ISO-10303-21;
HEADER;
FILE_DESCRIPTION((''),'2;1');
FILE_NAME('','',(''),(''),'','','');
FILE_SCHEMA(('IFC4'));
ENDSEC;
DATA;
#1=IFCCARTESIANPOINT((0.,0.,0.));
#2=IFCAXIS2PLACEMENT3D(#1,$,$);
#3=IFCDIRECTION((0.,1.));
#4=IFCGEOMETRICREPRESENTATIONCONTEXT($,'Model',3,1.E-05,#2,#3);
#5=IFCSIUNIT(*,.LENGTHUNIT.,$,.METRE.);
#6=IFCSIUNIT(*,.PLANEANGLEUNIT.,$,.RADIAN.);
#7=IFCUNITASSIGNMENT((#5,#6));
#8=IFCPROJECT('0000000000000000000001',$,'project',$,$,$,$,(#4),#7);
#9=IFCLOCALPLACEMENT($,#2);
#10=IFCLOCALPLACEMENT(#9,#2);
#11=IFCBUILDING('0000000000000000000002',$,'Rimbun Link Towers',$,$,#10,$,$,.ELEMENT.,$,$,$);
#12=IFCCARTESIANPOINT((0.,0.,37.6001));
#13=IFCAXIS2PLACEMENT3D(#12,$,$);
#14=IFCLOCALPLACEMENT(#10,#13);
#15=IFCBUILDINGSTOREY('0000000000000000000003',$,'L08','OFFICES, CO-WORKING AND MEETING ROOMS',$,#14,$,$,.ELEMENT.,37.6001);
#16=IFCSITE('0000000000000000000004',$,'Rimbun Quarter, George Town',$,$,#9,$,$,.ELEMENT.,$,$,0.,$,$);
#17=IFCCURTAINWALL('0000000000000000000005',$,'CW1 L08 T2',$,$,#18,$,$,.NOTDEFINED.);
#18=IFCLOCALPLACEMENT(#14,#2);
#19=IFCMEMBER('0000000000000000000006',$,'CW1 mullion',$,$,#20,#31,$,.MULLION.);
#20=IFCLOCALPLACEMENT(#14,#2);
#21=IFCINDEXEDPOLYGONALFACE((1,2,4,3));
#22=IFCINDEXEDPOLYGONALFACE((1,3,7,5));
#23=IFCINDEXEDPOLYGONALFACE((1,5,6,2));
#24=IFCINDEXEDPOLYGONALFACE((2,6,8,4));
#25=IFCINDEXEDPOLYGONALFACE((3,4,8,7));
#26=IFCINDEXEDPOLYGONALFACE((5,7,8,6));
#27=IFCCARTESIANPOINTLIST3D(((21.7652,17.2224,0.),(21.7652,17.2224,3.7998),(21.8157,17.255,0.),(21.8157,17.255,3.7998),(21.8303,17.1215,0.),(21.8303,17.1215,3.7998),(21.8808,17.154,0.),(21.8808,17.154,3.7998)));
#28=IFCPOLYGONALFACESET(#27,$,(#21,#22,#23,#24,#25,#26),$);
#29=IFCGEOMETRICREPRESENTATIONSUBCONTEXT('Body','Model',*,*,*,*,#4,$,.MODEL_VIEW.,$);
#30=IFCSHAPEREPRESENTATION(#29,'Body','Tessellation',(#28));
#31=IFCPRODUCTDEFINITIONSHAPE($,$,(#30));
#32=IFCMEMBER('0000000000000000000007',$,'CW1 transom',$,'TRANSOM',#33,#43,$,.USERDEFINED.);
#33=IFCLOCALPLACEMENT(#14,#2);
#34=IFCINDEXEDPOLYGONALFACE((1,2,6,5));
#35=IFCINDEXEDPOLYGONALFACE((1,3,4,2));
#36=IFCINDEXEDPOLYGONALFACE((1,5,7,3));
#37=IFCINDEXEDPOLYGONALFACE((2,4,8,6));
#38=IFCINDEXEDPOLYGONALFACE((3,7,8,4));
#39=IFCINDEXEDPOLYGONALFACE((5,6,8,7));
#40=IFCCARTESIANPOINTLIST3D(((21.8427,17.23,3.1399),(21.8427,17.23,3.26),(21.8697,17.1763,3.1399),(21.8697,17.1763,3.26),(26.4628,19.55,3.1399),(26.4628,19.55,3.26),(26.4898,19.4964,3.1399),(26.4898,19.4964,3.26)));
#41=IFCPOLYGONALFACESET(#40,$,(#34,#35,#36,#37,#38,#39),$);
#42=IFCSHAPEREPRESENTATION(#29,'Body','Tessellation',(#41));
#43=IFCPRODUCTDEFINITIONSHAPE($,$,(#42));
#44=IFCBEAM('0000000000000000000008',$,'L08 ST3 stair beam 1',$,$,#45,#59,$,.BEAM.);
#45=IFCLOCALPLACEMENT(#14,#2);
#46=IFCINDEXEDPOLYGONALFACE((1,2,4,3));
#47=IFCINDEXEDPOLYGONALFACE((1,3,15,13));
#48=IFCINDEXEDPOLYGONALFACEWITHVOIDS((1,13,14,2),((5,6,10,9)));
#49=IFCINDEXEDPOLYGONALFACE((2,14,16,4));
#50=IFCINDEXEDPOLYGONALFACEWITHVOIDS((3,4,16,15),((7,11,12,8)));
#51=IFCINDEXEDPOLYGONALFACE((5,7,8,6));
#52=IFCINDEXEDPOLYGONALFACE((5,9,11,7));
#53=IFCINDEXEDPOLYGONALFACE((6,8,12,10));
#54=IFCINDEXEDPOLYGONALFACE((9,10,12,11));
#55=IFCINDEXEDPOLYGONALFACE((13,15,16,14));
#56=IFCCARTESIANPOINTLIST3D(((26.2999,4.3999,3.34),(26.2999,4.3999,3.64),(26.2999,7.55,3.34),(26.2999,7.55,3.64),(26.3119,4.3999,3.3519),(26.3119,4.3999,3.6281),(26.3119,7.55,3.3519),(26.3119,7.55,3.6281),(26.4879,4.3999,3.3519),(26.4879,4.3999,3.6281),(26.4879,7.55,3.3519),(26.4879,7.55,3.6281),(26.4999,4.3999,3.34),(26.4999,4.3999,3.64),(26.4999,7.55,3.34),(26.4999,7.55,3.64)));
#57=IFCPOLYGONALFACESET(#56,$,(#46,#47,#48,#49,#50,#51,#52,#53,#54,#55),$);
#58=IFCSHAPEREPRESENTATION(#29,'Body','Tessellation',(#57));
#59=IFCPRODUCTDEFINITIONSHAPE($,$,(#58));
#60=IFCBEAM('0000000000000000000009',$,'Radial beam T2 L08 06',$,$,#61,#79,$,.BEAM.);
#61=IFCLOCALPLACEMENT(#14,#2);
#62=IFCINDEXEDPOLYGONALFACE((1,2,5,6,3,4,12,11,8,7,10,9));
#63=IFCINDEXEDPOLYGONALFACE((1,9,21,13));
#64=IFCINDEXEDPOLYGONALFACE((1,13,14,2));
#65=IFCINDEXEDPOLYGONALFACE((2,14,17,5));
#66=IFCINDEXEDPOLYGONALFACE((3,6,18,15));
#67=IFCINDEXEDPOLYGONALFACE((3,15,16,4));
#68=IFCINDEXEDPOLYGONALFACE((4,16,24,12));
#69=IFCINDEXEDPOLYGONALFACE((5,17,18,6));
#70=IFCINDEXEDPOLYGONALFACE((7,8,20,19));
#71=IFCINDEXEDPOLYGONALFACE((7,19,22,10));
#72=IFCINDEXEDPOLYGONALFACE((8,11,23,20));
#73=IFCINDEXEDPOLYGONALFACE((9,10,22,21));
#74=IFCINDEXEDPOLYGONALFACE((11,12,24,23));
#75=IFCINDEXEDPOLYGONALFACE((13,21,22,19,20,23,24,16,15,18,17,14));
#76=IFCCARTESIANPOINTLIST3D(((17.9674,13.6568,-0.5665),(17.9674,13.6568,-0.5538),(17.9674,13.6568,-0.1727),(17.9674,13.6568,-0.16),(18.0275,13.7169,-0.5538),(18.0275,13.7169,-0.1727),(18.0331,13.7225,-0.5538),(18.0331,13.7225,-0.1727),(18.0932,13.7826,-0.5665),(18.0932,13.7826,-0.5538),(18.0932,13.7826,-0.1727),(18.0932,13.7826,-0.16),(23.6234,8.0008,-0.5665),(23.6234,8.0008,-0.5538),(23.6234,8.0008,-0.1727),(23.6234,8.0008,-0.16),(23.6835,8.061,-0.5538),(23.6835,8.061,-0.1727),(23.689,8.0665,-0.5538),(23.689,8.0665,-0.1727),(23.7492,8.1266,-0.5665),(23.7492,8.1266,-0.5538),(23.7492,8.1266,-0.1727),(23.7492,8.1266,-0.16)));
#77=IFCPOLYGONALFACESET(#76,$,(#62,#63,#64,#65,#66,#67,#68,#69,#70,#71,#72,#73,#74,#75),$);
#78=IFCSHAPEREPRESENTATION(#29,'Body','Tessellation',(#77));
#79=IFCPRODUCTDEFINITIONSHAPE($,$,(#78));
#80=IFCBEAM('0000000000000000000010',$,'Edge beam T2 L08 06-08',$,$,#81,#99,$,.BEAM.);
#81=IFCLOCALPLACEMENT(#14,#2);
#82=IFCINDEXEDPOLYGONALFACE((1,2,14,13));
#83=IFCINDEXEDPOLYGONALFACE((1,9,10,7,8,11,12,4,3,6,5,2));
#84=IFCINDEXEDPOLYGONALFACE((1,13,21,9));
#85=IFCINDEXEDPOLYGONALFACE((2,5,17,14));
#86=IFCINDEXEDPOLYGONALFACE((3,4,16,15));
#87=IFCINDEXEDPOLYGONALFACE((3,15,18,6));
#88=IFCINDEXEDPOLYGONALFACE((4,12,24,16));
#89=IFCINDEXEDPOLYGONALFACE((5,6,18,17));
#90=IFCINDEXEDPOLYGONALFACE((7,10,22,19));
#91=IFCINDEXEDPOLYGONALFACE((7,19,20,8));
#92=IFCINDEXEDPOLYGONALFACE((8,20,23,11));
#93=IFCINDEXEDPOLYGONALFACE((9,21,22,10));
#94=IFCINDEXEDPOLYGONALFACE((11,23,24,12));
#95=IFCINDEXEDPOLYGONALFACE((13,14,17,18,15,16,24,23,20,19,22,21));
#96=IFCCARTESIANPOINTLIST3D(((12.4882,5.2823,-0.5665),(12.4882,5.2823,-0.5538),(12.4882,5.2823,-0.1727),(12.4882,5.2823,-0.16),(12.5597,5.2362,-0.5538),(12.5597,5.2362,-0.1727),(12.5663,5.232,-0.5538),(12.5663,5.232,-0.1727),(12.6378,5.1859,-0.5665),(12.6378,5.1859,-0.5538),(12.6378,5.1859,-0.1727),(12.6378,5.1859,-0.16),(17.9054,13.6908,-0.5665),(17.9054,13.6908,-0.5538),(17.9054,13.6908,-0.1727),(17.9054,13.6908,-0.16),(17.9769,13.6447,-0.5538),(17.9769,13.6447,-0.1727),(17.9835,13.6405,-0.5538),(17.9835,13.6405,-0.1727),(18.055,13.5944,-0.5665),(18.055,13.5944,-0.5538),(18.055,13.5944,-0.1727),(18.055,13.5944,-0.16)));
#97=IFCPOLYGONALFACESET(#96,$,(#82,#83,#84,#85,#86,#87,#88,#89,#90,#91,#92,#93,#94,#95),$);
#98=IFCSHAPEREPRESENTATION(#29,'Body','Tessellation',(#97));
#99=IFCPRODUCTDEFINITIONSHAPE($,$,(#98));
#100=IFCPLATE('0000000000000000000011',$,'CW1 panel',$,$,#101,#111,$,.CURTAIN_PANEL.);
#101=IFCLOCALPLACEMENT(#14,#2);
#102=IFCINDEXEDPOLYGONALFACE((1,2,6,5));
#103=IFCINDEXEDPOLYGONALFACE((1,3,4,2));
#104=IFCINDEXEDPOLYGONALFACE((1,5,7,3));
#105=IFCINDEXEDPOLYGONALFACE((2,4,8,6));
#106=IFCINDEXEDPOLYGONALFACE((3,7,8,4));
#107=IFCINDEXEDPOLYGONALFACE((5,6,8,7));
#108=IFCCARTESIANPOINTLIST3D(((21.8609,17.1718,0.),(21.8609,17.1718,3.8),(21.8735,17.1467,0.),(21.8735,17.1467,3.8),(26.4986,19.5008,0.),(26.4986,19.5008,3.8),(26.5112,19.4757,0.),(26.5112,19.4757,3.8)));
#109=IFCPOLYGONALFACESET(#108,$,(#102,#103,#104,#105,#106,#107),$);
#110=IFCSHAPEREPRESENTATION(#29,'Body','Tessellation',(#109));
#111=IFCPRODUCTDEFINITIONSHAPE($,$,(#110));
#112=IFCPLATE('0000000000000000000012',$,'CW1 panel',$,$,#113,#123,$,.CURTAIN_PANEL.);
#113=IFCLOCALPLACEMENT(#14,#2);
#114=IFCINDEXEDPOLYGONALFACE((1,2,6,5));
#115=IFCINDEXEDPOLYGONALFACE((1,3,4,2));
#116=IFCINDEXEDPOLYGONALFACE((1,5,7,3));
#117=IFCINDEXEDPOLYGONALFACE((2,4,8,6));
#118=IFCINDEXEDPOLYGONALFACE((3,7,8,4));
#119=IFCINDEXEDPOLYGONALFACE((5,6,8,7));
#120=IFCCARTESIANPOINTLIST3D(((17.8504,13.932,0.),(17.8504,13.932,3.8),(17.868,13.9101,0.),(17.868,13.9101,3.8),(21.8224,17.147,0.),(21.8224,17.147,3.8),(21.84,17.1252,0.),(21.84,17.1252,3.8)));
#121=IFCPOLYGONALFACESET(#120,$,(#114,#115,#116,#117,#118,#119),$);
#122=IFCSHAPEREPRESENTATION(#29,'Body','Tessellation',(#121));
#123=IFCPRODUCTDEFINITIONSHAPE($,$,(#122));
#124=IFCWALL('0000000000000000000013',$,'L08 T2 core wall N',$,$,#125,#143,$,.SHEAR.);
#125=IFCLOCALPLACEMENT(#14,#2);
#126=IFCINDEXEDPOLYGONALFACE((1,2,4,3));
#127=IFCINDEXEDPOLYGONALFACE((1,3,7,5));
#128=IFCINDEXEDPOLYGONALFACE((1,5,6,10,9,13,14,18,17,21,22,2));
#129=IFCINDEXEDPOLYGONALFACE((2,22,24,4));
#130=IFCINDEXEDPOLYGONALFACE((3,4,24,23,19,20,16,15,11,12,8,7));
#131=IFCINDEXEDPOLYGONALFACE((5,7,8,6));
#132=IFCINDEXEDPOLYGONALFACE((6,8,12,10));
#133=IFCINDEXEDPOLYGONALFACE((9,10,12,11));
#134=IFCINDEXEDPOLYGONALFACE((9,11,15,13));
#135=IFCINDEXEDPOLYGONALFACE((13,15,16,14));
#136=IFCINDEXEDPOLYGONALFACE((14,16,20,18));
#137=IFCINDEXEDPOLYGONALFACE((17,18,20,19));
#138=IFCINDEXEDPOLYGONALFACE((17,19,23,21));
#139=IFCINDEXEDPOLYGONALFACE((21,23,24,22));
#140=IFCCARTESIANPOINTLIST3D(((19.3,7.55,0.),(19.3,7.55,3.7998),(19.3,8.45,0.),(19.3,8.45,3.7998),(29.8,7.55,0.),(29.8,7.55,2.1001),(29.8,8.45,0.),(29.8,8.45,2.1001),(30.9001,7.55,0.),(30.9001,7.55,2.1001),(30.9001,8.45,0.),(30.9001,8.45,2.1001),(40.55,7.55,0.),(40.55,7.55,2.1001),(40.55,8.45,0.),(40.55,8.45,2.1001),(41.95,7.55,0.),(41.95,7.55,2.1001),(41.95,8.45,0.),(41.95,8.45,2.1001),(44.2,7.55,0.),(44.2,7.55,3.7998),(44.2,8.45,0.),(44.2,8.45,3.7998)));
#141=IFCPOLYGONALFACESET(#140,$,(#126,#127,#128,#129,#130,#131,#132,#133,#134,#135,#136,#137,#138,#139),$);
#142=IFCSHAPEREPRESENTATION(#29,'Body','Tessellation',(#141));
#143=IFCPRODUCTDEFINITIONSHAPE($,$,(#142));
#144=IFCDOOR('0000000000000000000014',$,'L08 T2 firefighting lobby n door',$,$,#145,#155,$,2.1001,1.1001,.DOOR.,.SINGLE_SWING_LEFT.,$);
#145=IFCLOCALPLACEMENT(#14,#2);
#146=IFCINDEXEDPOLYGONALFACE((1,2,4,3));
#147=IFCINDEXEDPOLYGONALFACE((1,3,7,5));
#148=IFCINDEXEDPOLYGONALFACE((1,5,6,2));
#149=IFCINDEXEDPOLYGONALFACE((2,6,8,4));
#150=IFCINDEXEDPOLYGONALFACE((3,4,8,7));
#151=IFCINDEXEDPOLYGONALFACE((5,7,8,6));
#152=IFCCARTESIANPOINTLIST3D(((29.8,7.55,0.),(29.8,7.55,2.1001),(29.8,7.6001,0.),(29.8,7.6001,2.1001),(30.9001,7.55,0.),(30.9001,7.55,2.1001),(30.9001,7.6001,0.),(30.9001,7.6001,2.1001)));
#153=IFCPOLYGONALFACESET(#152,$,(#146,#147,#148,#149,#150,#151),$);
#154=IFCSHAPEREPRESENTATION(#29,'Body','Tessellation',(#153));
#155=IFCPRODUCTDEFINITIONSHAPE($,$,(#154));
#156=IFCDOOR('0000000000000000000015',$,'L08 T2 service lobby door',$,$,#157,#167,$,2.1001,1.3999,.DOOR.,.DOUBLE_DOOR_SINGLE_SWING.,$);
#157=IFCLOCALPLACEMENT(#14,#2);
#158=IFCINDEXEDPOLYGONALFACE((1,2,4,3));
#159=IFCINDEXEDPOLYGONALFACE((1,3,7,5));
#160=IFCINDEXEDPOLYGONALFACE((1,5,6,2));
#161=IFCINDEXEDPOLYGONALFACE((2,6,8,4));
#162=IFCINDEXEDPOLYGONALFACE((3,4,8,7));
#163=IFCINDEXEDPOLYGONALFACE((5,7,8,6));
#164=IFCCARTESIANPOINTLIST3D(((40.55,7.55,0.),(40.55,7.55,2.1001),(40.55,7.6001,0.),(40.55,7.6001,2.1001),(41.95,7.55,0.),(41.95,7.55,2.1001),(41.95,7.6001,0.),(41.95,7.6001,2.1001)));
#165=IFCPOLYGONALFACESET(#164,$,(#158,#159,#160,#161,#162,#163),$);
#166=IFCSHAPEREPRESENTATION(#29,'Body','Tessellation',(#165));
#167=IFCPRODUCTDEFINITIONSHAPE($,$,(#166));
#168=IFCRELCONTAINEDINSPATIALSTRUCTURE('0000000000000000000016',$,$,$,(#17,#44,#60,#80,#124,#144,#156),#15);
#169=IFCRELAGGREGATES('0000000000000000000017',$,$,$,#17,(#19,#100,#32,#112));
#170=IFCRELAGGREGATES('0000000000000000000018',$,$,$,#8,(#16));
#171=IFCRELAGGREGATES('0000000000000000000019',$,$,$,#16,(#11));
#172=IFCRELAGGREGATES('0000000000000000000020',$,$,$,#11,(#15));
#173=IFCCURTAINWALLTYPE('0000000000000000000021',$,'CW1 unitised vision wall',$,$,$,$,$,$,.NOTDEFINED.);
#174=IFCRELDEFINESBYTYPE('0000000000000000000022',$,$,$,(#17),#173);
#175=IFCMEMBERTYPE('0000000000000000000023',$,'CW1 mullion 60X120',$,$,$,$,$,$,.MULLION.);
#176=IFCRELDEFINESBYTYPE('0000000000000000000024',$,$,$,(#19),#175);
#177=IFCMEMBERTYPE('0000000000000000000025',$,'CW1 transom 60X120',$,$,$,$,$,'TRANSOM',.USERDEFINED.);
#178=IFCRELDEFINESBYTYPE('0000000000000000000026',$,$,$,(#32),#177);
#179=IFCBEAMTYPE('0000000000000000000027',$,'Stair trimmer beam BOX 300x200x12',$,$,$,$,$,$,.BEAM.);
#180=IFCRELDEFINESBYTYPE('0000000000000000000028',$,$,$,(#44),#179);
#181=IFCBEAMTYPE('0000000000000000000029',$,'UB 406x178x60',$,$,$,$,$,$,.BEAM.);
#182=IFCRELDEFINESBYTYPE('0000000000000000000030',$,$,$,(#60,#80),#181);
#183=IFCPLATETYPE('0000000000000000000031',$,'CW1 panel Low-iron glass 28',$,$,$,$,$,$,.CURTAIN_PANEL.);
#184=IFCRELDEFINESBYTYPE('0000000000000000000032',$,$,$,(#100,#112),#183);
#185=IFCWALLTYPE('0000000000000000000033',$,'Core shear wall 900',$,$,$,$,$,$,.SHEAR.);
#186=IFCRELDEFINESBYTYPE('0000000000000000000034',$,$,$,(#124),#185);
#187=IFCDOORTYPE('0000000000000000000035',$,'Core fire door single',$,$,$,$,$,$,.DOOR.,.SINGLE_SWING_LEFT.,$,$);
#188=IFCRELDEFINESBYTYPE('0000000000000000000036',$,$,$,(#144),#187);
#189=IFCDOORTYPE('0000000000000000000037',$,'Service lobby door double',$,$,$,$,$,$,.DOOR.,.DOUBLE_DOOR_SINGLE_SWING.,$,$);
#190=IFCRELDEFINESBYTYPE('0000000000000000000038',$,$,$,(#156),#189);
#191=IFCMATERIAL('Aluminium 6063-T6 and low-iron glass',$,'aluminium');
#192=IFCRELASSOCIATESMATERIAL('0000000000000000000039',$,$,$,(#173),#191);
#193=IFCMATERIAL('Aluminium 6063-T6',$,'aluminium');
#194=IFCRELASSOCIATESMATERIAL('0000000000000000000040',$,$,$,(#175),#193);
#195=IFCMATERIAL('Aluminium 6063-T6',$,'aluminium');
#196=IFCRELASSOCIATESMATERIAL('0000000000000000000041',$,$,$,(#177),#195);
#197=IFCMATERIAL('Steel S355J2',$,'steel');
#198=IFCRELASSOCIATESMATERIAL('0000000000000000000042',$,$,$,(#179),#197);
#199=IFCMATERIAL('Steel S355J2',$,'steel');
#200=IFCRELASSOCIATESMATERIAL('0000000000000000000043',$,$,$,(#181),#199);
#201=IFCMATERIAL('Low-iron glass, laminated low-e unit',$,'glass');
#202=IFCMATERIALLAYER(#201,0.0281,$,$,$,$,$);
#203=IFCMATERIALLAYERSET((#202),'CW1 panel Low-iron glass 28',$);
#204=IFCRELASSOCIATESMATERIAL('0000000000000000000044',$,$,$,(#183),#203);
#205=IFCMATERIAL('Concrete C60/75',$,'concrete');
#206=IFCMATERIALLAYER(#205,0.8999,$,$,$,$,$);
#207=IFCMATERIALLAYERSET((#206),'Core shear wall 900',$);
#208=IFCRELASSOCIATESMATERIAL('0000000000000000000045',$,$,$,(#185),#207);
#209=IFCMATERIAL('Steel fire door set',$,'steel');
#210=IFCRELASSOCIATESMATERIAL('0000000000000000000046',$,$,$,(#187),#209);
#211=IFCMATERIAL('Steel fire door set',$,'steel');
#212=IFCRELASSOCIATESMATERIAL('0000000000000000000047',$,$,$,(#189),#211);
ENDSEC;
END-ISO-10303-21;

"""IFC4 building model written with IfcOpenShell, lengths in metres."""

from ifc_helpers import new_model, si_unit, direction, frame, frame_2d, origin, origin_2d, place, context, subcontext, project, spatial, rectangle, hollow_rectangle, i_section, extrude, material, layer, layer_set, material_profile, profile_set, type_object, element, fill, aggregate, save


model = new_model("IFC4")

# Units and contexts
model_context = context("Model", 3, precision=1e-05, world=origin(), true_north=direction((0.0, 1.0)))
body_context = subcontext(model_context, "Body", "Model", "MODEL_VIEW")
ifc_project = project(units=[si_unit("LENGTHUNIT", "METRE"), si_unit("PLANEANGLEUNIT", "RADIAN")], contexts=[model_context])

# Site, building, storey
site_placement = place(None, origin())
site = spatial("IfcSite", under=ifc_project, at=site_placement, Name="Rimbun Quarter, George Town", CompositionType="ELEMENT", RefElevation=0.0)
building_placement = place(site_placement, origin())
building = spatial("IfcBuilding", under=site, at=building_placement, Name="Rimbun Link Towers", CompositionType="ELEMENT")
storey_placement = place(building_placement, frame((0.0, 0.0, 37.6001)))
storey = spatial("IfcBuildingStorey", under=building, at=storey_placement, Name="L08", Description="OFFICES, CO-WORKING AND MEETING ROOMS", CompositionType="ELEMENT", Elevation=37.6001)

# Curtain wall, members
ifc_material_1 = material(Name="Aluminium 6063-T6 and low-iron glass", Category="aluminium")
curtain_wall_type = type_object("IfcCurtainWallType", Name="CW1 unitised vision wall", PredefinedType="NOTDEFINED", material=ifc_material_1)
curtain_wall_placement = place(storey_placement, origin())
curtain_wall = element("IfcCurtainWall", 1, at=curtain_wall_placement, inside=storey, type_object=curtain_wall_type, Name="CW1 L08 T2", PredefinedType="NOTDEFINED")
ifc_material_2 = material(Name="Aluminium 6063-T6", Category="aluminium")
ifc_material_profile_1 = material_profile(ifc_material_2, rectangle(XDim=0.1201, YDim=0.0601, at=origin_2d()), Name="MULLION 60X120")
ifc_profile_set_1 = profile_set([ifc_material_profile_1], Name="Aluminium 6063-T6")
member_type_1 = type_object("IfcMemberType", Name="CW1 mullion 60X120", PredefinedType="MULLION", material=ifc_profile_set_1)
member_1_placement = place(storey_placement, frame((21.823, 17.1882, 0.0), z_axis=(0.0, 0.0, 1.0), x_axis=(-0.542093, 0.840318, 0.0)))
member_1 = element("IfcMember", 2, at=member_1_placement, type_object=member_type_1, Name="CW1 mullion", PredefinedType="MULLION", context=body_context, shape_type="SweptSolid", body=[
    extrude(rectangle(XDim=0.1201, YDim=0.0601, at=origin_2d()), origin(), (0.0, 0.0, 1.0), 3.7998),
])
ifc_material_3 = material(Name="Aluminium 6063-T6", Category="aluminium")
ifc_material_profile_2 = material_profile(ifc_material_3, rectangle(XDim=0.0601, YDim=0.1201, at=origin_2d()), Name="TRANSOM 60X120")
ifc_profile_set_2 = profile_set([ifc_material_profile_2], Name="Aluminium 6063-T6")
member_type_2 = type_object("IfcMemberType", Name="CW1 transom 60X120", ElementType="TRANSOM", PredefinedType="USERDEFINED", material=ifc_profile_set_2)
member_2_placement = place(storey_placement, frame((21.8562, 17.2031, 3.2), z_axis=(0.893651, 0.448762, 0.0), x_axis=(-0.448762, 0.893651, 0.0)))
member_2 = element("IfcMember", 3, at=member_2_placement, type_object=member_type_2, Name="CW1 transom", ObjectType="TRANSOM", PredefinedType="USERDEFINED", context=body_context, shape_type="SweptSolid", body=[
    extrude(rectangle(XDim=0.0601, YDim=0.1201, at=origin_2d()), origin(), (0.0, 0.0, 1.0), 5.1699),
])

# Beams
ifc_material_4 = material(Name="Steel S355J2", Category="steel")
ifc_material_profile_3 = material_profile(ifc_material_4, hollow_rectangle(XDim=0.2, YDim=0.3, WallThickness=0.012, at=origin_2d()), Name="BOX 300x200x12")
ifc_profile_set_3 = profile_set([ifc_material_profile_3], Name="Steel S355J2")
beam_type_1 = type_object("IfcBeamType", Name="Stair trimmer beam BOX 300x200x12", PredefinedType="BEAM", material=ifc_profile_set_3)
beam_1_placement = place(storey_placement, frame((26.3999, 7.55, 3.49), z_axis=(0.0, -1.0, 0.0), x_axis=(1.0, 0.0, 0.0)))
element("IfcBeam", 4, at=beam_1_placement, inside=storey, type_object=beam_type_1, Name="L08 ST3 stair beam 1", PredefinedType="BEAM", context=body_context, shape_type="SweptSolid", body=[
    extrude(hollow_rectangle(XDim=0.2, YDim=0.3, WallThickness=0.012, at=origin_2d()), origin(), (0.0, 0.0, 1.0), 3.1501),
])
ifc_material_5 = material(Name="Steel S355J2", Category="steel")
ifc_material_profile_4 = material_profile(ifc_material_5, i_section(OverallWidth=0.178, OverallDepth=0.4065, WebThickness=0.0078, FlangeThickness=0.0127, at=origin_2d()), Name="UB 406x178x60")
ifc_profile_set_4 = profile_set([ifc_material_profile_4], Name="Steel S355J2")
beam_type_2 = type_object("IfcBeamType", Name="UB 406x178x60", PredefinedType="BEAM", material=ifc_profile_set_4)
beam_2_placement = place(storey_placement, frame((23.6863, 8.0637, -0.3633), z_axis=(-0.707107, 0.707107, 0.0), x_axis=(-0.707107, -0.707107, 0.0)))
element("IfcBeam", 5, at=beam_2_placement, inside=storey, type_object=beam_type_2, Name="Radial beam T2 L08 06", PredefinedType="BEAM", context=body_context, shape_type="SweptSolid", body=[
    extrude(i_section(OverallWidth=0.178, OverallDepth=0.4065, WebThickness=0.0078, FlangeThickness=0.0127, at=origin_2d()), origin(), (0.0, 0.0, 1.0), 7.9988),
])
beam_3_placement = place(storey_placement, frame((17.9802, 13.6426, -0.3633), z_axis=(-0.541592, -0.840641, 0.0), x_axis=(0.840641, -0.541592, 0.0)))
element("IfcBeam", 6, at=beam_3_placement, inside=storey, type_object=beam_type_2, Name="Edge beam T2 L08 06-08", PredefinedType="BEAM", context=body_context, shape_type="SweptSolid", body=[
    extrude(i_section(OverallWidth=0.178, OverallDepth=0.4065, WebThickness=0.0078, FlangeThickness=0.0127, at=origin_2d()), origin(), (0.0, 0.0, 1.0), 10.0024),
])

# Plates
ifc_material_6 = material(Name="Low-iron glass, laminated low-e unit", Category="glass")
ifc_layer_1 = layer(ifc_material_6, 0.0281)
ifc_layer_set_1 = layer_set([ifc_layer_1], Name="CW1 panel Low-iron glass 28")
plate_type = type_object("IfcPlateType", Name="CW1 panel Low-iron glass 28", PredefinedType="CURTAIN_PANEL", material=ifc_layer_set_1)
plate_1_placement = place(storey_placement, frame((24.186, 18.3237, 0.0), z_axis=(0.0, 0.0, 1.0), x_axis=(0.893646, 0.448773, 0.0)))
plate_1 = element("IfcPlate", 7, at=plate_1_placement, type_object=plate_type, Name="CW1 panel", PredefinedType="CURTAIN_PANEL", context=body_context, shape_type="SweptSolid", body=[
    extrude(rectangle(XDim=5.1897, YDim=0.0281, at=origin_2d()), origin(), (0.0, 0.0, 1.0), 3.8),
])
plate_2_placement = place(storey_placement, frame((19.8452, 15.5286, 0.0), z_axis=(0.0, 0.0, 1.0), x_axis=(0.777283, 0.629151, 0.0)))
plate_2 = element("IfcPlate", 8, at=plate_2_placement, type_object=plate_type, Name="CW1 panel", PredefinedType="CURTAIN_PANEL", context=body_context, shape_type="SweptSolid", body=[
    extrude(rectangle(XDim=5.1101, YDim=0.0281, at=origin_2d()), origin(), (0.0, 0.0, 1.0), 3.8),
])
aggregate(curtain_wall, [member_1, plate_1, member_2, plate_2])

# Wall, openings, doors
ifc_material_7 = material(Name="Concrete C60/75", Category="concrete")
ifc_layer_2 = layer(ifc_material_7, 0.8999)
ifc_layer_set_2 = layer_set([ifc_layer_2], Name="Core shear wall 900")
wall_type_1 = type_object("IfcWallType", Name="Core shear wall 900", PredefinedType="SHEAR", material=ifc_layer_set_2)
wall_1_placement = place(storey_placement, frame((19.3, 8.0, 0.0), z_axis=(0.0, 0.0, 1.0), x_axis=(1.0, 0.0, 0.0)))
wall_1 = element("IfcWall", 9, at=wall_1_placement, inside=storey, type_object=wall_type_1, Name="L08 T2 core wall N", PredefinedType="SHEAR", context=body_context, shape_type="SweptSolid", body=[
    extrude(rectangle(XDim=24.8999, YDim=0.8999, at=frame_2d((12.45, 0.0))), origin(), (0.0, 0.0, 1.0), 3.7998),
])
opening_1_placement = place(wall_1_placement, frame((10.5, 0.0, 0.0)))
opening_1 = element("IfcOpeningElement", 10, at=opening_1_placement, cuts=wall_1, PredefinedType="OPENING", context=body_context, shape_type="SweptSolid", body=[
    extrude(rectangle(XDim=1.1001, YDim=2.1001, at=frame_2d((0.55, 1.05))), frame((0.0, 0.46, 0.0), z_axis=(0.0, -1.0, 0.0), x_axis=(1.0, 0.0, 0.0)), (0.0, 0.0, 1.0), 0.9199),
])
opening_2_placement = place(wall_1_placement, frame((21.25, 0.0, 0.0)))
opening_2 = element("IfcOpeningElement", 11, at=opening_2_placement, cuts=wall_1, PredefinedType="OPENING", context=body_context, shape_type="SweptSolid", body=[
    extrude(rectangle(XDim=1.3999, YDim=2.1001, at=frame_2d((0.7, 1.05))), frame((0.0, 0.46, 0.0), z_axis=(0.0, -1.0, 0.0), x_axis=(1.0, 0.0, 0.0)), (0.0, 0.0, 1.0), 0.9199),
])
ifc_material_8 = material(Name="Steel fire door set", Category="steel")
door_type_1 = type_object("IfcDoorType", Name="Core fire door single", OperationType="SINGLE_SWING_LEFT", PredefinedType="DOOR", material=ifc_material_8)
door_1_placement = place(opening_1_placement, origin())
door_1 = element("IfcDoor", 12, at=door_1_placement, inside=storey, type_object=door_type_1, Name="L08 T2 firefighting lobby n door", OperationType="SINGLE_SWING_LEFT", OverallHeight=2.1001, OverallWidth=1.1001, PredefinedType="DOOR", context=body_context, shape_type="SweptSolid", body=[
    extrude(rectangle(XDim=1.1001, YDim=2.1001, at=frame_2d((0.55, 1.05))), frame((0.0, -0.3999, 0.0), z_axis=(0.0, -1.0, 0.0), x_axis=(1.0, 0.0, 0.0)), (0.0, 0.0, 1.0), 0.05),
])
fill(opening_1, door_1)
ifc_material_9 = material(Name="Steel fire door set", Category="steel")
door_type_2 = type_object("IfcDoorType", Name="Service lobby door double", OperationType="DOUBLE_DOOR_SINGLE_SWING", PredefinedType="DOOR", material=ifc_material_9)
door_2_placement = place(opening_2_placement, origin())
door_2 = element("IfcDoor", 13, at=door_2_placement, inside=storey, type_object=door_type_2, Name="L08 T2 service lobby door", OperationType="DOUBLE_DOOR_SINGLE_SWING", OverallHeight=2.1001, OverallWidth=1.3999, PredefinedType="DOOR", context=body_context, shape_type="SweptSolid", body=[
    extrude(rectangle(XDim=1.3999, YDim=2.1001, at=frame_2d((0.7, 1.05))), frame((0.0, -0.3999, 0.0), z_axis=(0.0, -1.0, 0.0), x_axis=(1.0, 0.0, 0.0)), (0.0, 0.0, 1.0), 0.05),
])
fill(opening_2, door_2)

save(model, "model.ifc")
